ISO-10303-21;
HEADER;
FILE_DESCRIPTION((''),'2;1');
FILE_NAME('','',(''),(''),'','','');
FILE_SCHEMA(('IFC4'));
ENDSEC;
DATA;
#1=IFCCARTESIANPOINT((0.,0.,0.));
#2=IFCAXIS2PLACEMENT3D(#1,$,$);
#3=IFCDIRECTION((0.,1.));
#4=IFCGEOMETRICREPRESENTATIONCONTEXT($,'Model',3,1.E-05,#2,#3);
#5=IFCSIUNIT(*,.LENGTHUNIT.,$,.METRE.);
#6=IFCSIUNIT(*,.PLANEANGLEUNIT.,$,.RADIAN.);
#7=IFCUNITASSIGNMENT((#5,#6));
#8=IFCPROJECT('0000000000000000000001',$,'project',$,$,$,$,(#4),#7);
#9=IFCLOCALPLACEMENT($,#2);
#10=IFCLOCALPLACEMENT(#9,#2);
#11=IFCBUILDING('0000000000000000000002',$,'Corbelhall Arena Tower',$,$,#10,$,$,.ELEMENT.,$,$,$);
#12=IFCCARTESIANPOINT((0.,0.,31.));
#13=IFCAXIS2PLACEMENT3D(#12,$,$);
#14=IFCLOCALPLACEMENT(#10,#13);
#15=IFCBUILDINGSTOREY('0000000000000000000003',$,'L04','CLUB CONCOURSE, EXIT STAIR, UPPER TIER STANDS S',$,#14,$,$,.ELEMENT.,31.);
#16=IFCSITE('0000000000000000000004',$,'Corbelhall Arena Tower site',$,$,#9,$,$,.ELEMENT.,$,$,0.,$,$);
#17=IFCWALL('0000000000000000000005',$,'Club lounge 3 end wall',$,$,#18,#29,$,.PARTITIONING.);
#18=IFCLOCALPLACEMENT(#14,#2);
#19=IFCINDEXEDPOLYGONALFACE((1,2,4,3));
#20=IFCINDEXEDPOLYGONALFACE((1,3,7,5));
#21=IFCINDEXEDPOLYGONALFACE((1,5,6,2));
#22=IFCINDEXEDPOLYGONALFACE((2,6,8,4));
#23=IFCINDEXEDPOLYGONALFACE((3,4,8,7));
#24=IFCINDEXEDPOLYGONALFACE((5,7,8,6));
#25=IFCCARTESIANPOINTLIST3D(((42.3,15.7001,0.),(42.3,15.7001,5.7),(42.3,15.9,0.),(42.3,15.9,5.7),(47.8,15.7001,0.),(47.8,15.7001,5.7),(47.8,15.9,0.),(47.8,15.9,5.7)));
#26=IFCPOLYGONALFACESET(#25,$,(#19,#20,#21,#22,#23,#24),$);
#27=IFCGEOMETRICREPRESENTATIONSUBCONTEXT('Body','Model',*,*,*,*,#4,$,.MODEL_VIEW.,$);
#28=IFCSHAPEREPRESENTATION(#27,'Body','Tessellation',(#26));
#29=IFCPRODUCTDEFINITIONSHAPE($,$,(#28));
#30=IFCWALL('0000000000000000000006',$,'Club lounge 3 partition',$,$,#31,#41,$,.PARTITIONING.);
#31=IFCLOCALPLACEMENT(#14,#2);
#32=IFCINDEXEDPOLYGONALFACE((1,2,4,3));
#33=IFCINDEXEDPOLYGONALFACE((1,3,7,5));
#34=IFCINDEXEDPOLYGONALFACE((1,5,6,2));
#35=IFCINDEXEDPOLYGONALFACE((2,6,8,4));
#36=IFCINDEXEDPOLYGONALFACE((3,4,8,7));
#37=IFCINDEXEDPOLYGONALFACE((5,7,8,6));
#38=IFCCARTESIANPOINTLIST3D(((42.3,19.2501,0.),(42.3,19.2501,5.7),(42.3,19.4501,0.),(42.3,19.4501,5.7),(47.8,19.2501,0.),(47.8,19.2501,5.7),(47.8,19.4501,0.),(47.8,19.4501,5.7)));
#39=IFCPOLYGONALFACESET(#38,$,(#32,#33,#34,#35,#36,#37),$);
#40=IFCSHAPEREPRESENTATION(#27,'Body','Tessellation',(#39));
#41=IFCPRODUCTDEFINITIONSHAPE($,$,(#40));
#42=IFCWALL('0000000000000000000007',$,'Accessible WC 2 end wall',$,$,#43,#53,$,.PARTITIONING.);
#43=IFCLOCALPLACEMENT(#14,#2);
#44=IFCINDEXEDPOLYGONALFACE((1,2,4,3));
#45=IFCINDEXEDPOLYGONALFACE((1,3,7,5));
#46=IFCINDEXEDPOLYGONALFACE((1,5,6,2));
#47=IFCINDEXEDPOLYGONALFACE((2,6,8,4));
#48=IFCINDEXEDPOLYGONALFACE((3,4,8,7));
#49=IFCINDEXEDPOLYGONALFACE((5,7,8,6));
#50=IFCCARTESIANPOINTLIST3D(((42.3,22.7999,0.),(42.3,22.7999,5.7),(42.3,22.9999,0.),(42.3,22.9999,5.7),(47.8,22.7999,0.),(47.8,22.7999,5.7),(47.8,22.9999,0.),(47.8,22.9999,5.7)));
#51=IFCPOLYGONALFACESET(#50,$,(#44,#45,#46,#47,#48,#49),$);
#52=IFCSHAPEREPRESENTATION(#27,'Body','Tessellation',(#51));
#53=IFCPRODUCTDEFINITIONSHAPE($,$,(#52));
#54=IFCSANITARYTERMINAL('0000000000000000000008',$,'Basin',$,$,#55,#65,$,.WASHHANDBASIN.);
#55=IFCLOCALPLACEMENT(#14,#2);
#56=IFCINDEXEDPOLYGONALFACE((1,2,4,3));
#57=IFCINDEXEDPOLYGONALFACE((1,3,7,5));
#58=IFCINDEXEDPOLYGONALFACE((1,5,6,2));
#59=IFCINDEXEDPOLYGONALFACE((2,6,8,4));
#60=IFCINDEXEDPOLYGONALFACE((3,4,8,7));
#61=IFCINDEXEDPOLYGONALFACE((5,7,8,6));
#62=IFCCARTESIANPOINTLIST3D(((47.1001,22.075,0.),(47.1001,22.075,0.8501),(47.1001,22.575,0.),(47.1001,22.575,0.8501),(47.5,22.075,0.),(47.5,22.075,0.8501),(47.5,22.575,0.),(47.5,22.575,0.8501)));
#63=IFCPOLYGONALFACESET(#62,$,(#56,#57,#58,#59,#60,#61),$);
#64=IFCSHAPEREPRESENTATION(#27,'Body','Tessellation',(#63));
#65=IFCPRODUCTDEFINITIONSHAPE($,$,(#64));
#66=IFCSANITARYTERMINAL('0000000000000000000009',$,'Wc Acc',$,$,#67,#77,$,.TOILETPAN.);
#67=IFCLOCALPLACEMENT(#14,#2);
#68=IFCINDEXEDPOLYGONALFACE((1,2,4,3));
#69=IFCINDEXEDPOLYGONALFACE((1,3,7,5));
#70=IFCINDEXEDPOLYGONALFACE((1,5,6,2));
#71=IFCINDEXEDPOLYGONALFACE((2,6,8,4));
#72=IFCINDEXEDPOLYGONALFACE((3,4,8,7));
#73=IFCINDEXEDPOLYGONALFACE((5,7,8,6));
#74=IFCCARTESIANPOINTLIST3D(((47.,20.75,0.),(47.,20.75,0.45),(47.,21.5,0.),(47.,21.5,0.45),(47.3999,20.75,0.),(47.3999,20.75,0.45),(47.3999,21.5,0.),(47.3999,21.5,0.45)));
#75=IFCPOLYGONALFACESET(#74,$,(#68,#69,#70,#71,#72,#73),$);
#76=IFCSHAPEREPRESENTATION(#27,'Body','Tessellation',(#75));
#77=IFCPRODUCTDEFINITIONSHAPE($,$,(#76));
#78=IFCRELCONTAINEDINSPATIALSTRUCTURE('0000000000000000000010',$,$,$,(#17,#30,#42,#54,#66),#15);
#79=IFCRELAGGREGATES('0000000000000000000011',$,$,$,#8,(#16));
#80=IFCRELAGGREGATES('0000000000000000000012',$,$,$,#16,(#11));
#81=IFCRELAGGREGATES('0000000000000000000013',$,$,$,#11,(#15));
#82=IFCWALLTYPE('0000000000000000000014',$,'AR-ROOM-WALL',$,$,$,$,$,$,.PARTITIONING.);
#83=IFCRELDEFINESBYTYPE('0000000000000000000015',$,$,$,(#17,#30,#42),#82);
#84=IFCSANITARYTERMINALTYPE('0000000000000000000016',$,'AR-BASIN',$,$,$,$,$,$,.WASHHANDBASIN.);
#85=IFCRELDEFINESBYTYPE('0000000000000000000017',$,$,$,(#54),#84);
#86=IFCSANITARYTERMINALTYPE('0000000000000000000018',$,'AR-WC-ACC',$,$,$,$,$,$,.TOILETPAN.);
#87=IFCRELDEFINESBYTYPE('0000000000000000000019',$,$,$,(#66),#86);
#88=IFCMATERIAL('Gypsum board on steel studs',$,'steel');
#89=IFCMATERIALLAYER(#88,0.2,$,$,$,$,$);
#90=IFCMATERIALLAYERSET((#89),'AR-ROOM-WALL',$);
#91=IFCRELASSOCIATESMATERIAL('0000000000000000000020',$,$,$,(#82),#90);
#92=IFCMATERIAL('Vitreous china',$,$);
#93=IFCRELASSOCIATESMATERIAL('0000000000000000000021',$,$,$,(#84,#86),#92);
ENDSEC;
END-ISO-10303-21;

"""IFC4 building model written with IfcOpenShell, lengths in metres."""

from ifc_helpers import new_model, si_unit, direction, frame, frame_2d, origin, origin_2d, place, context, subcontext, project, spatial, rectangle, extrude, material, layer, layer_set, type_object, element, save


model = new_model("IFC4")

# Units and contexts
model_context = context("Model", 3, precision=1e-05, world=origin(), true_north=direction((0.0, 1.0)))
body_context = subcontext(model_context, "Body", "Model", "MODEL_VIEW")
ifc_project = project(units=[si_unit("LENGTHUNIT", "METRE"), si_unit("PLANEANGLEUNIT", "RADIAN")], contexts=[model_context])

# Site, building, storey
site_placement = place(None, origin())
site = spatial("IfcSite", under=ifc_project, at=site_placement, Name="Corbelhall Arena Tower site", CompositionType="ELEMENT", RefElevation=0.0)
building_placement = place(site_placement, origin())
building = spatial("IfcBuilding", under=site, at=building_placement, Name="Corbelhall Arena Tower", CompositionType="ELEMENT")
storey_placement = place(building_placement, frame((0.0, 0.0, 31.0)))
storey = spatial("IfcBuildingStorey", under=building, at=storey_placement, Name="L04", Description="CLUB CONCOURSE, EXIT STAIR, UPPER TIER STANDS S", CompositionType="ELEMENT", Elevation=31.0)

# Shared definitions
ifc_material_1 = material(Name="Gypsum board on steel studs", Category="steel")
ifc_layer_1 = layer(ifc_material_1, 0.2)
ifc_layer_set_1 = layer_set([ifc_layer_1], Name="AR-ROOM-WALL")
wall_type = type_object("IfcWallType", Name="AR-ROOM-WALL", PredefinedType="PARTITIONING", material=ifc_layer_set_1)

# Walls
for number, where, z_axis, x_axis, name in (
    (1, (42.3, 15.8, 0.0), (0.0, 0.0, 1.0), (1.0, 0.0, 0.0), "Club lounge 3 end wall"),
    (2, (42.3, 19.3501, 0.0), (0.0, 0.0, 1.0), (1.0, 0.0, 0.0), "Club lounge 3 partition"),
):
    element("IfcWall", number, at=place(storey_placement, frame(where, z_axis=z_axis, x_axis=x_axis)), inside=storey, type_object=wall_type, Name=name, PredefinedType="PARTITIONING", context=body_context, shape_type="SweptSolid", body=[
        extrude(rectangle(XDim=5.5, YDim=0.2, at=frame_2d((2.75, 0.0))), origin(), (0.0, 0.0, 1.0), 5.7),
    ])

# Wall
wall_1_placement = place(storey_placement, frame((42.3, 22.8999, 0.0), z_axis=(0.0, 0.0, 1.0), x_axis=(1.0, 0.0, 0.0)))
element("IfcWall", 3, at=wall_1_placement, inside=storey, type_object=wall_type, Name="Accessible WC 2 end wall", PredefinedType="PARTITIONING", context=body_context, shape_type="SweptSolid", body=[
    extrude(rectangle(XDim=5.5, YDim=0.2, at=frame_2d((2.75, 0.0))), origin(), (0.0, 0.0, 1.0), 5.7),
])

# Sanitary terminals
ifc_material_2 = material(Name="Vitreous china")
sanitary_terminal_type_1 = type_object("IfcSanitaryTerminalType", Name="AR-BASIN", PredefinedType="WASHHANDBASIN", material=ifc_material_2)
sanitary_terminal_1_placement = place(storey_placement, frame((47.3, 22.325, 0.0), z_axis=(0.0, 0.0, 1.0), x_axis=(1.0, 0.0, 0.0)))
element("IfcSanitaryTerminal", 4, at=sanitary_terminal_1_placement, inside=storey, type_object=sanitary_terminal_type_1, Name="Basin", PredefinedType="WASHHANDBASIN", context=body_context, shape_type="SweptSolid", body=[
    extrude(rectangle(XDim=0.3999, YDim=0.5, at=origin_2d()), origin(), (0.0, 0.0, 1.0), 0.8501),
])
sanitary_terminal_type_2 = type_object("IfcSanitaryTerminalType", Name="AR-WC-ACC", PredefinedType="TOILETPAN", material=ifc_material_2)
sanitary_terminal_2_placement = place(storey_placement, frame((47.2, 21.125, 0.0), z_axis=(0.0, 0.0, 1.0), x_axis=(1.0, 0.0, 0.0)))
element("IfcSanitaryTerminal", 5, at=sanitary_terminal_2_placement, inside=storey, type_object=sanitary_terminal_type_2, Name="Wc Acc", PredefinedType="TOILETPAN", context=body_context, shape_type="SweptSolid", body=[
    extrude(rectangle(XDim=0.3999, YDim=0.75, at=origin_2d()), origin(), (0.0, 0.0, 1.0), 0.45),
])

save(model, "model.ifc")
